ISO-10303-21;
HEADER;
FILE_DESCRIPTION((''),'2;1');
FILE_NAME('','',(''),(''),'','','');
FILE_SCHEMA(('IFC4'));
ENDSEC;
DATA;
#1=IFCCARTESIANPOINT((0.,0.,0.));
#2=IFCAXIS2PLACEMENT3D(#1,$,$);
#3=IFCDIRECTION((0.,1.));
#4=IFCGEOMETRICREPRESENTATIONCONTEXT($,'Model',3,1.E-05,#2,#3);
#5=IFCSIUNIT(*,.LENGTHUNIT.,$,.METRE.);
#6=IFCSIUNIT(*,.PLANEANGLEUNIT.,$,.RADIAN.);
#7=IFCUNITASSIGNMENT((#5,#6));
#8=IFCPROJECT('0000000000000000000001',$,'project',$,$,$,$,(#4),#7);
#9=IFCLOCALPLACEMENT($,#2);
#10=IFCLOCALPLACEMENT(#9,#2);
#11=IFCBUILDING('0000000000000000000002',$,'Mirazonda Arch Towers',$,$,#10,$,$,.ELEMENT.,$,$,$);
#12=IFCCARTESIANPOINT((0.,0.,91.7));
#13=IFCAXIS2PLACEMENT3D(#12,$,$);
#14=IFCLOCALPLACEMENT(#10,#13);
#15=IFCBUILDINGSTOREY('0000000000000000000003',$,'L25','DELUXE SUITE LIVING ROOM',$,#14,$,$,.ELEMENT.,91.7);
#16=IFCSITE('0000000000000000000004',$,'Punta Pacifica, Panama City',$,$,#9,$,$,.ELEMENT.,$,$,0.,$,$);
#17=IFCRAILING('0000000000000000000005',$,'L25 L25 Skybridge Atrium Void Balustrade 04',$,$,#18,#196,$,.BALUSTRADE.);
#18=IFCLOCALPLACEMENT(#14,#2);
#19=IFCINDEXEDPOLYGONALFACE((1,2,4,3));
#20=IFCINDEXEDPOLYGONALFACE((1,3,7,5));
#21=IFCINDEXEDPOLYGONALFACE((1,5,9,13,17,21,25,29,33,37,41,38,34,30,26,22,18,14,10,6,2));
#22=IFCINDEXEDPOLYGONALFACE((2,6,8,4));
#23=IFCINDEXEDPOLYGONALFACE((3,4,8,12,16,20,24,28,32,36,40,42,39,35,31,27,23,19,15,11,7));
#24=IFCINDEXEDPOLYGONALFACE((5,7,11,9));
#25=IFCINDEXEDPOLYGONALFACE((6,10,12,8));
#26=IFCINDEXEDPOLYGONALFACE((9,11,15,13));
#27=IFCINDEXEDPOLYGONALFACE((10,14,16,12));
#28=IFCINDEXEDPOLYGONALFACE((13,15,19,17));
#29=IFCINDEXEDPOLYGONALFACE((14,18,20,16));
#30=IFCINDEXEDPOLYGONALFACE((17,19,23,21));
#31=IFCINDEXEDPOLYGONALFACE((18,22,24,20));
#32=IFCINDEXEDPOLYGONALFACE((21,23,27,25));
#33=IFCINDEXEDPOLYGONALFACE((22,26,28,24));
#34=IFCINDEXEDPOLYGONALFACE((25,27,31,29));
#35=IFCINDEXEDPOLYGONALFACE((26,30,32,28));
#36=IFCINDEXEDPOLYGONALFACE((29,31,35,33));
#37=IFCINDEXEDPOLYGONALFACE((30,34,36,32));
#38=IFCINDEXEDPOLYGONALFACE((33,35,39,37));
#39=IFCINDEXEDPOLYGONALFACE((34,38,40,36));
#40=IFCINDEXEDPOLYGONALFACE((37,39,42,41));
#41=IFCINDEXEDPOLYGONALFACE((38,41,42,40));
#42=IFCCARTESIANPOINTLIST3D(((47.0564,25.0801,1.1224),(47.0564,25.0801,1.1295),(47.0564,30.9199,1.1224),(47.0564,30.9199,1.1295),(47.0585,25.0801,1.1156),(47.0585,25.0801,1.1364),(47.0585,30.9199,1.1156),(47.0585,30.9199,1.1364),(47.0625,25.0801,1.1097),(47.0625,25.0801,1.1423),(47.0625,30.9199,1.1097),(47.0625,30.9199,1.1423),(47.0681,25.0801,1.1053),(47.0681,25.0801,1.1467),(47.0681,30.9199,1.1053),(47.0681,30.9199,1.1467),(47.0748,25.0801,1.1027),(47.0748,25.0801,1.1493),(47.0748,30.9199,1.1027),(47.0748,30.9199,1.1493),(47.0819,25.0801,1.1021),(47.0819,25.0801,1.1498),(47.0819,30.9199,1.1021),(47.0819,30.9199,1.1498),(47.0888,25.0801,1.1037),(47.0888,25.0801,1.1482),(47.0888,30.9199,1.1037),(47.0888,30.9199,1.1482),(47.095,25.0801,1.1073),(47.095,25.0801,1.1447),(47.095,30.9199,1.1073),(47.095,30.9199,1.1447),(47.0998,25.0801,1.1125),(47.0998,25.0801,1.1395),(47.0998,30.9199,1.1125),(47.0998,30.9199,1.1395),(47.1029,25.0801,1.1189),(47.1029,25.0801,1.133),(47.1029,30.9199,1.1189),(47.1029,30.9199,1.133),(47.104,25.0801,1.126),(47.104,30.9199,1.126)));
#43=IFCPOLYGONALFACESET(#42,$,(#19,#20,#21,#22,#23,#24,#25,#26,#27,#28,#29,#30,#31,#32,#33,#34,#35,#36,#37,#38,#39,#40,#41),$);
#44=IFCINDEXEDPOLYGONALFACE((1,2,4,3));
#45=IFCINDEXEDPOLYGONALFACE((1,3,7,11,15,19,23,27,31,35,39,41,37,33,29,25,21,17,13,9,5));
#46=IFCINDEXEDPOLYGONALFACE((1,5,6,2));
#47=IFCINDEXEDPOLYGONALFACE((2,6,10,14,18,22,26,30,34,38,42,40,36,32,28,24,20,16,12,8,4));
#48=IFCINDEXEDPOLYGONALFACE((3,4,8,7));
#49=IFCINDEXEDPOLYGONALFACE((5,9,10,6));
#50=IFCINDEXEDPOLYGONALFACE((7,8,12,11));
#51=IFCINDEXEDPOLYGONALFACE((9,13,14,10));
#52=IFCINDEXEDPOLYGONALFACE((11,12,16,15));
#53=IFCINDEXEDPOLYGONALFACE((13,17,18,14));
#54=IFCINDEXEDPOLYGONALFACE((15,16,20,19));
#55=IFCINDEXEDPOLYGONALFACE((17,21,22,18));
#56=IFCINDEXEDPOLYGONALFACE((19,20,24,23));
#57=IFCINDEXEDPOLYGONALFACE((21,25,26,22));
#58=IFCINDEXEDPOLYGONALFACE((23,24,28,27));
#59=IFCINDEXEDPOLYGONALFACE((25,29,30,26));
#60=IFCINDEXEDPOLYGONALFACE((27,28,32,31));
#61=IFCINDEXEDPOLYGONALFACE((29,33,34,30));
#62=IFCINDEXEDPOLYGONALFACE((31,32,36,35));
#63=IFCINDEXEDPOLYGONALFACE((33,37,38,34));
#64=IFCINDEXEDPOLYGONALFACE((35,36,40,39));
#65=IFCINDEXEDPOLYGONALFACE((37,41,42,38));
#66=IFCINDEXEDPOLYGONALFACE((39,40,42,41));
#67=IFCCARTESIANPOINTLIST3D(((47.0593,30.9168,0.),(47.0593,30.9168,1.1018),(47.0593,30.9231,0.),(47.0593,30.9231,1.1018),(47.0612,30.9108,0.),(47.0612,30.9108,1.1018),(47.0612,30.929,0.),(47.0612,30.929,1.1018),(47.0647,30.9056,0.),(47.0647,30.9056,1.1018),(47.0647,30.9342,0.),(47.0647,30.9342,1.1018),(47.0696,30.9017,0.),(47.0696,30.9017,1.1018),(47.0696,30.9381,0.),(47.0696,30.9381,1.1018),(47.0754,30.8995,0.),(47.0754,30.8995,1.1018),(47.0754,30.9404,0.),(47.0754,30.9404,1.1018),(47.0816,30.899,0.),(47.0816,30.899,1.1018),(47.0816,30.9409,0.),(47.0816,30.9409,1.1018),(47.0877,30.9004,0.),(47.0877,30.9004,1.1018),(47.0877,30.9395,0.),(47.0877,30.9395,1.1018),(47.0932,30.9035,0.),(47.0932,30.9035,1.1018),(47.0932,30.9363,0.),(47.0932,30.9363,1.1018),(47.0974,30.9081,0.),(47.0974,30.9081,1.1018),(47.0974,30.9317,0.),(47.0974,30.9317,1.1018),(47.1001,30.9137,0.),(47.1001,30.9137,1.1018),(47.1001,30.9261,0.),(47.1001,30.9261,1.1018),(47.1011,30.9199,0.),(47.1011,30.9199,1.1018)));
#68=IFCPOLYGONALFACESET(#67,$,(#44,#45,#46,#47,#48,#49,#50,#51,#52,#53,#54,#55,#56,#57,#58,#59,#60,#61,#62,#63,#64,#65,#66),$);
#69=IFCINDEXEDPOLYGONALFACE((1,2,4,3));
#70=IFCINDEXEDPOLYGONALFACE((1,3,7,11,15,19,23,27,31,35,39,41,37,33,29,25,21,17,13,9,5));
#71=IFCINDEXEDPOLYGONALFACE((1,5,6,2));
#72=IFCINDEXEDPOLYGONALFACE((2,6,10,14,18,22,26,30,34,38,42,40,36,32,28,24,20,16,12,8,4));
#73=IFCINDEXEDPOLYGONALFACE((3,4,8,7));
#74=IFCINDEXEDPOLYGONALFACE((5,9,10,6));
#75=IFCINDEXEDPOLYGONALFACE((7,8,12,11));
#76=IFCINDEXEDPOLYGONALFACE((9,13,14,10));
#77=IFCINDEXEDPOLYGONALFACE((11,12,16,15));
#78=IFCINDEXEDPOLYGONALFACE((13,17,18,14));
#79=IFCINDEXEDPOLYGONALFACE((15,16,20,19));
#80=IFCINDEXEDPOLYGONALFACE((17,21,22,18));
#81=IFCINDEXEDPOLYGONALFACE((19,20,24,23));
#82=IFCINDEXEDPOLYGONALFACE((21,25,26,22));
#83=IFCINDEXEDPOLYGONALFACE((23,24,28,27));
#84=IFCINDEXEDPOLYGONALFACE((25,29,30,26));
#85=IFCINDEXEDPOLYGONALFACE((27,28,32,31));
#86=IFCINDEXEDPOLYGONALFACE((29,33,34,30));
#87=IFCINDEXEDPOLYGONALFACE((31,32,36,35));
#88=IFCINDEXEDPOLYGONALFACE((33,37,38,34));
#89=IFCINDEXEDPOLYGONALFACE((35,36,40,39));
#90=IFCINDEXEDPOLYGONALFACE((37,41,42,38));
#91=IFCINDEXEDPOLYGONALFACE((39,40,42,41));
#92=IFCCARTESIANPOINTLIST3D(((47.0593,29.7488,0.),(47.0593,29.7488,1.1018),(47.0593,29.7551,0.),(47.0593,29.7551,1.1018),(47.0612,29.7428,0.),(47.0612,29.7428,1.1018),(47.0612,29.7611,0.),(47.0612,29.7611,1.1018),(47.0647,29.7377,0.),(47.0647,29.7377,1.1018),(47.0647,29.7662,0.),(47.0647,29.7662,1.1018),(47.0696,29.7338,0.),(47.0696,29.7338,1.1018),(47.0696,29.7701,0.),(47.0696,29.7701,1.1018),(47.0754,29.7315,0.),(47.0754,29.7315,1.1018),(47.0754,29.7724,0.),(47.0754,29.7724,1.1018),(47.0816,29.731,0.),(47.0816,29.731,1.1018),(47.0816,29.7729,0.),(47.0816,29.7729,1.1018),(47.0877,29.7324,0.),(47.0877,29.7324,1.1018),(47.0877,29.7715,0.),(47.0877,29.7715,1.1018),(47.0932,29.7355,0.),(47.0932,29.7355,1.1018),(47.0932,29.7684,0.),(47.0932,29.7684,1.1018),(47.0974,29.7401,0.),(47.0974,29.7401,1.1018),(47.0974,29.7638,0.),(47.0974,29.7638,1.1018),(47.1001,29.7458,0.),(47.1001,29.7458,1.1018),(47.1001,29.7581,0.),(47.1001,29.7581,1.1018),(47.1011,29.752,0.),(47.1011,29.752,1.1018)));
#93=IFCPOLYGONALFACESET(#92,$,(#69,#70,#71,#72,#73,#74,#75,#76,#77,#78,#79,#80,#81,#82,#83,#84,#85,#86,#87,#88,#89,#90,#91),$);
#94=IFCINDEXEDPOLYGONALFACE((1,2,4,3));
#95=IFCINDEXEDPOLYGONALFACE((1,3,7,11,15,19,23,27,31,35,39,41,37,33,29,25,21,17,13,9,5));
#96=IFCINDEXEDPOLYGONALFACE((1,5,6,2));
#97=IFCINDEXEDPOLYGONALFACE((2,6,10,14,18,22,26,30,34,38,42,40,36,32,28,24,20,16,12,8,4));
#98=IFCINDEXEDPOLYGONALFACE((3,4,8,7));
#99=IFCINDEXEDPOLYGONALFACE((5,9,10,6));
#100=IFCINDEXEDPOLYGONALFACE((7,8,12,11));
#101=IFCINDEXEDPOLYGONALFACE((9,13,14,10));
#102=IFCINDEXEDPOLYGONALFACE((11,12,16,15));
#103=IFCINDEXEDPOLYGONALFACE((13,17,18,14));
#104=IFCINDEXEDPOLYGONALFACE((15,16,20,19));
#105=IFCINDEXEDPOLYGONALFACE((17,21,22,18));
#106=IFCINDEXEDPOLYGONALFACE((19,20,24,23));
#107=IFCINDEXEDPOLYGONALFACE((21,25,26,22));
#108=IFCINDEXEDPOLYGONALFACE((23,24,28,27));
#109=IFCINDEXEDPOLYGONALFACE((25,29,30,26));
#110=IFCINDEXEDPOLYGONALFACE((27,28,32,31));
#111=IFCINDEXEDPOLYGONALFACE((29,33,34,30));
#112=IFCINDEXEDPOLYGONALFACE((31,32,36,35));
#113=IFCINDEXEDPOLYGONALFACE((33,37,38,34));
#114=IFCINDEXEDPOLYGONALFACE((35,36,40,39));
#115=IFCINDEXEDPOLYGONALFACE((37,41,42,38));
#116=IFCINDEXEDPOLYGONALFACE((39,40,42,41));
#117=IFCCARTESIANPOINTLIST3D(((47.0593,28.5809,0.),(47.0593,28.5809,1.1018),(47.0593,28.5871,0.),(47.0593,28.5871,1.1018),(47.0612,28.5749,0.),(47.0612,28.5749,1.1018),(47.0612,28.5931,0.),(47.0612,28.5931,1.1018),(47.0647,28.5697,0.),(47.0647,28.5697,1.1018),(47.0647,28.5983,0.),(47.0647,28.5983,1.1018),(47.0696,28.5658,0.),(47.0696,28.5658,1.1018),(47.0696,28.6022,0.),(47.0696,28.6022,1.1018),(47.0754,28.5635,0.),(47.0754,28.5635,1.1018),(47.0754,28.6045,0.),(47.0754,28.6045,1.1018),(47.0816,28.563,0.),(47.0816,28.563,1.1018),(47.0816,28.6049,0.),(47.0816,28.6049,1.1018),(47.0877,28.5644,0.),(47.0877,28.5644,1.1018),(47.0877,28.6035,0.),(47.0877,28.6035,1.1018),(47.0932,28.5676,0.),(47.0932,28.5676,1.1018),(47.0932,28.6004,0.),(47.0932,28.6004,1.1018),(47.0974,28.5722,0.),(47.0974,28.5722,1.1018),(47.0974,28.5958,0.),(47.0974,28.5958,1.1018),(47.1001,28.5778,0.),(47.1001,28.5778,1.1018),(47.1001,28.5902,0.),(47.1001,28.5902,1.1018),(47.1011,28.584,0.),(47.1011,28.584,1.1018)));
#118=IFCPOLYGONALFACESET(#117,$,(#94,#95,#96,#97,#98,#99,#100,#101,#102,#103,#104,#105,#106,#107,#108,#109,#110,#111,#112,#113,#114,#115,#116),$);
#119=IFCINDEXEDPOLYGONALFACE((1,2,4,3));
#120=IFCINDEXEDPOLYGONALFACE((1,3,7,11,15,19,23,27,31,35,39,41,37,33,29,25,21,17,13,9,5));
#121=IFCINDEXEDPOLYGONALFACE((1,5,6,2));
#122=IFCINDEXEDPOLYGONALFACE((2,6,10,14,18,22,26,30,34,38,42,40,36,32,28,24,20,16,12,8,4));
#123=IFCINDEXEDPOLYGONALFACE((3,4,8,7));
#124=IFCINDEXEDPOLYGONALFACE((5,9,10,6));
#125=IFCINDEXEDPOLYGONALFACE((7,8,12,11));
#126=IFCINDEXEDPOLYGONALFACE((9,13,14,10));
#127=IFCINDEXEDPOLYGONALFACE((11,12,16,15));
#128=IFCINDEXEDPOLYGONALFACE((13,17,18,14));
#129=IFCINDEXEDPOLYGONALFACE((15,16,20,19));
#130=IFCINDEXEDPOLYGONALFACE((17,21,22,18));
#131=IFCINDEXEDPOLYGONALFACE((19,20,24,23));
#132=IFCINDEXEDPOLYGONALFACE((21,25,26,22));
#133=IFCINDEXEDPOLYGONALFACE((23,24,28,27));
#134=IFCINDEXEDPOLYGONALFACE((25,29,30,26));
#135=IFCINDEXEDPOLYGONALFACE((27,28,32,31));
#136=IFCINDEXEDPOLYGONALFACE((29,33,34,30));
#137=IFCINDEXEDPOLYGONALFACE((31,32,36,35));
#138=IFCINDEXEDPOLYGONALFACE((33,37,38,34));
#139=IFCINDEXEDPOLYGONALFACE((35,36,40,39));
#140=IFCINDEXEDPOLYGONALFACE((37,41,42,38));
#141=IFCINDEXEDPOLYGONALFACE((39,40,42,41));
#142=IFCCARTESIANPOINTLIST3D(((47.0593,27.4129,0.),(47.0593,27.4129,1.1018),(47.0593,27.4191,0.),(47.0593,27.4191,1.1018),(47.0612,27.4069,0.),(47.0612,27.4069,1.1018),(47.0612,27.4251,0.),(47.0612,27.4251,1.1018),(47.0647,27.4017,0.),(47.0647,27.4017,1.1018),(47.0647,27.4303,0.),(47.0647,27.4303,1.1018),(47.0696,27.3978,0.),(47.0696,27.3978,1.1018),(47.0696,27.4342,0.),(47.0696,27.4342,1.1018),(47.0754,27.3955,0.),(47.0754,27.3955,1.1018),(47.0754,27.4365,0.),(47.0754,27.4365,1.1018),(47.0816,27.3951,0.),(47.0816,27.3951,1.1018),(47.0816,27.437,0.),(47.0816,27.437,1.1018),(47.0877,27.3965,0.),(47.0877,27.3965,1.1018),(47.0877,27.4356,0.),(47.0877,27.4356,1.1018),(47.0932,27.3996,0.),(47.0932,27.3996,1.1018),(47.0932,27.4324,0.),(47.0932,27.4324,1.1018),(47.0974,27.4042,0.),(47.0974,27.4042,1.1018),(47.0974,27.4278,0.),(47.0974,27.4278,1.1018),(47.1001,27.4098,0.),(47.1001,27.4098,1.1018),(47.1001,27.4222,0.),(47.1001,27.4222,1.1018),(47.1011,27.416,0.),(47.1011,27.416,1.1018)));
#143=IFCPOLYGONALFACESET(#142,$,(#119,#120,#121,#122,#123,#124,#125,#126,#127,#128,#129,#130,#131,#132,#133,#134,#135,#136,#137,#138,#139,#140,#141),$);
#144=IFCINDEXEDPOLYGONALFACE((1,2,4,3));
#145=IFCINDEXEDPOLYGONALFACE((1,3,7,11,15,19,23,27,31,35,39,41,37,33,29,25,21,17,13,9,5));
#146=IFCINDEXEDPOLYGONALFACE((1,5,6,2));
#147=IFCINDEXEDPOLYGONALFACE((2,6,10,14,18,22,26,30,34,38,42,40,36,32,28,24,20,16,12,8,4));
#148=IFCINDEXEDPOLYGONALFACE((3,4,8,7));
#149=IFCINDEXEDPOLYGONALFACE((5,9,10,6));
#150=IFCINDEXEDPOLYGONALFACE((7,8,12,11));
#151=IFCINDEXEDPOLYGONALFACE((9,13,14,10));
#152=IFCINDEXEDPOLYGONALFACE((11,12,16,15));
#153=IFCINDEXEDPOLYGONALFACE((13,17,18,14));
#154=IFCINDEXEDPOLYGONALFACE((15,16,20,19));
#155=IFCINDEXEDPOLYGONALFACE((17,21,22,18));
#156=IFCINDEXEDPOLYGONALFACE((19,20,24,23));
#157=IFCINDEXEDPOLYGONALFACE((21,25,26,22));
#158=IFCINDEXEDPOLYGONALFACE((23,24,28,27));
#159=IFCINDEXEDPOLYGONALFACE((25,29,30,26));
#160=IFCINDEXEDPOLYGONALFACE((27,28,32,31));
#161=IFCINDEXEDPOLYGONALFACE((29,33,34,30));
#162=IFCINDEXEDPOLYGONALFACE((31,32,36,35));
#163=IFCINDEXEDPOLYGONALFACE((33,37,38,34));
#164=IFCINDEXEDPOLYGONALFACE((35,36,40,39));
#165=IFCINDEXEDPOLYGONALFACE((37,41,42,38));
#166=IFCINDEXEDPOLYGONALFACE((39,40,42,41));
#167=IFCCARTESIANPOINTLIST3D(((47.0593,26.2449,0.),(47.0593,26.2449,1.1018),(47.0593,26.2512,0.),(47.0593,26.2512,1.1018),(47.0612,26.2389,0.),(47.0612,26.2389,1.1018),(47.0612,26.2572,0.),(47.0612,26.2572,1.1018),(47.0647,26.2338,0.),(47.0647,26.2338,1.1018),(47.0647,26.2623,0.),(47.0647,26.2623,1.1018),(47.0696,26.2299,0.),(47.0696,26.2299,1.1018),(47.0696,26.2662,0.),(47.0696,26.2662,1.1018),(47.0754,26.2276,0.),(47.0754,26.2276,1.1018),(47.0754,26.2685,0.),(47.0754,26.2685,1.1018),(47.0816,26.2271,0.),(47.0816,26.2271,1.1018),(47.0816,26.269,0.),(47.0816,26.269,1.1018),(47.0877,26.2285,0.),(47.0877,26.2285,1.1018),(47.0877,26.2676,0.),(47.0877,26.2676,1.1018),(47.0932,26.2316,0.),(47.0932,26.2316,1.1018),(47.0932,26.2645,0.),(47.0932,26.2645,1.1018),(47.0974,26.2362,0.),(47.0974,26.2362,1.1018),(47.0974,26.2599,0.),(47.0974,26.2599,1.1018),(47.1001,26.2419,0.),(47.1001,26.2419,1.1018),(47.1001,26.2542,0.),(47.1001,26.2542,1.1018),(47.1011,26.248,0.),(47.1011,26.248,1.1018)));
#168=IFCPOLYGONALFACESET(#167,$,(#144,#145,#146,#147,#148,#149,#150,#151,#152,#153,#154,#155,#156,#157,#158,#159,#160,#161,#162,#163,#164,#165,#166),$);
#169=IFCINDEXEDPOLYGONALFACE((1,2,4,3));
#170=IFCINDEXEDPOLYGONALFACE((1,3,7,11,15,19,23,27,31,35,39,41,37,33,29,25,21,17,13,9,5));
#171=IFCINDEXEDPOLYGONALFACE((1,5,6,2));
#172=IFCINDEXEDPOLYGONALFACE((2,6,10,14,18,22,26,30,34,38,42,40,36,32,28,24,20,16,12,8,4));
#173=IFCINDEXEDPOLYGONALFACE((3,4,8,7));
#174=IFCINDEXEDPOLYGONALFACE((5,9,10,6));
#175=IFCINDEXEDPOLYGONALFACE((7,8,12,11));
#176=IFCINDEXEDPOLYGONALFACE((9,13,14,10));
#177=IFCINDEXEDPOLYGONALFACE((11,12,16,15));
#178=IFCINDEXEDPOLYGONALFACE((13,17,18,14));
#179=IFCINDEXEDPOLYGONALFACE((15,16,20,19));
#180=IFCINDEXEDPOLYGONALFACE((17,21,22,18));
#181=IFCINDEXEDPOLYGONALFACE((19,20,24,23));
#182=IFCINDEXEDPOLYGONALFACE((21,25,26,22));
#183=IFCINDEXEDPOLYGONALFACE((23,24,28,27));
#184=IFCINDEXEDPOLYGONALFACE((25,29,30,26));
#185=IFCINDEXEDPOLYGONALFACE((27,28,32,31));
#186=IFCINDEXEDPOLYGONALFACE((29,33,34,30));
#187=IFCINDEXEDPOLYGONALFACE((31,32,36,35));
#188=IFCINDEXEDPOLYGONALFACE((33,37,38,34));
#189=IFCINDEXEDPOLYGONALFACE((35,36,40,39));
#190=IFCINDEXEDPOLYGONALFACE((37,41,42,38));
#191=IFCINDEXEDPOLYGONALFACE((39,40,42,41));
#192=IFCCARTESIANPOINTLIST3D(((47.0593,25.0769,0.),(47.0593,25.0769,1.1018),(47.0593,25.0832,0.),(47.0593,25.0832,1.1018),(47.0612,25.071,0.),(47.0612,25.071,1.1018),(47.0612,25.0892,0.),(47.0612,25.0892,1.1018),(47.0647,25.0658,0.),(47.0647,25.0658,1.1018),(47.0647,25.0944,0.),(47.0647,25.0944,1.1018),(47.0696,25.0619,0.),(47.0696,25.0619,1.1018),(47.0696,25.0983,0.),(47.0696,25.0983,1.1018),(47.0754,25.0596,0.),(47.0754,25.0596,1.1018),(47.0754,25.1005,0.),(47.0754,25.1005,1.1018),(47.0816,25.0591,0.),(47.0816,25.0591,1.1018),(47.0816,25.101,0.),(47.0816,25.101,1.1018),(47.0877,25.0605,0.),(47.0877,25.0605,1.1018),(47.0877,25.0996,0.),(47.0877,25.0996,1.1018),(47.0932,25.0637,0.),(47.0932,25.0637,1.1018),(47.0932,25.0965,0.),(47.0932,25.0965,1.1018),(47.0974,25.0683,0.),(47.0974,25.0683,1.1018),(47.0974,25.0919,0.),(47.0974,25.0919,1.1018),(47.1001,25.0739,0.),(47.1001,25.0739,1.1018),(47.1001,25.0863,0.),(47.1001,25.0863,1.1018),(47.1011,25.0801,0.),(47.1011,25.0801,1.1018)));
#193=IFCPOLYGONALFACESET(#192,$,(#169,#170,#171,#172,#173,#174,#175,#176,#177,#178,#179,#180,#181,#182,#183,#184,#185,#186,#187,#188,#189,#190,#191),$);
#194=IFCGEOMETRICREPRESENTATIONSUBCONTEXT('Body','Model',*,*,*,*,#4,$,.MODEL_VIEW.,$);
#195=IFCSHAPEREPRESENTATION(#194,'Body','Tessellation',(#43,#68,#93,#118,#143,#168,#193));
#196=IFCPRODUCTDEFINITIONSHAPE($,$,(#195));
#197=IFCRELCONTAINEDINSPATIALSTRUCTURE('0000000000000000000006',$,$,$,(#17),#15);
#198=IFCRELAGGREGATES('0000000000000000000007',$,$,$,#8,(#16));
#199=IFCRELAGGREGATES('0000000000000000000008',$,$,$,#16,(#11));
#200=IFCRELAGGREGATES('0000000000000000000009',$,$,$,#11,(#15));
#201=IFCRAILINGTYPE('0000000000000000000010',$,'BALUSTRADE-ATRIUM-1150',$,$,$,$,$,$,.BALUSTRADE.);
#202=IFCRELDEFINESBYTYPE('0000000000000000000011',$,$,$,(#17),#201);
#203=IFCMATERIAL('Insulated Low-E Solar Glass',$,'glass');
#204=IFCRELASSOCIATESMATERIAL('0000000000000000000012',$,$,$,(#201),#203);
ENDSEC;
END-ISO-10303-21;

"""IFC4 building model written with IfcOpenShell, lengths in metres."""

from ifc_helpers import new_model, si_unit, direction, frame, origin, origin_2d, place, context, subcontext, project, spatial, circle, extrude, material, type_object, element, save


model = new_model("IFC4")

# Units and contexts
model_context = context("Model", 3, precision=1e-05, world=origin(), true_north=direction((0.0, 1.0)))
body_context = subcontext(model_context, "Body", "Model", "MODEL_VIEW")
ifc_project = project(units=[si_unit("LENGTHUNIT", "METRE"), si_unit("PLANEANGLEUNIT", "RADIAN")], contexts=[model_context])

# Site, building, storey
site_placement = place(None, origin())
site = spatial("IfcSite", under=ifc_project, at=site_placement, Name="Punta Pacifica, Panama City", CompositionType="ELEMENT", RefElevation=0.0)
building_placement = place(site_placement, origin())
building = spatial("IfcBuilding", under=site, at=building_placement, Name="Mirazonda Arch Towers", CompositionType="ELEMENT")
storey_placement = place(building_placement, frame((0.0, 0.0, 91.7)))
storey = spatial("IfcBuildingStorey", under=building, at=storey_placement, Name="L25", Description="DELUXE SUITE LIVING ROOM", CompositionType="ELEMENT", Elevation=91.7)

# Shared definitions
ifc_material_1 = material(Name="Insulated Low-E Solar Glass", Category="glass")

# Railing
railing_type = type_object("IfcRailingType", Name="BALUSTRADE-ATRIUM-1150", PredefinedType="BALUSTRADE", material=ifc_material_1)
railing_1_placement = place(storey_placement, frame((47.0801, 30.9199, 0.0)))
element("IfcRailing", 1, at=railing_1_placement, inside=storey, type_object=railing_type, Name="L25 L25 Skybridge Atrium Void Balustrade 04", PredefinedType="BALUSTRADE", context=body_context, shape_type="SweptSolid", body=[
    extrude(circle(Radius=0.0239, at=origin_2d()), frame((0.0, 0.0, 1.126), z_axis=(0.0, -1.0, 0.0), x_axis=(1.0, 0.0, 0.0)), (0.0, 0.0, 1.0), 5.8398),
    extrude(circle(Radius=0.021, at=origin_2d()), origin(), (0.0, 0.0, 1.0), 1.1018),
    extrude(circle(Radius=0.021, at=origin_2d()), frame((0.0, -1.168, 0.0)), (0.0, 0.0, 1.0), 1.1018),
    extrude(circle(Radius=0.021, at=origin_2d()), frame((0.0, -2.3359, 0.0)), (0.0, 0.0, 1.0), 1.1018),
    extrude(circle(Radius=0.021, at=origin_2d()), frame((0.0, -3.5039, 0.0)), (0.0, 0.0, 1.0), 1.1018),
    extrude(circle(Radius=0.021, at=origin_2d()), frame((0.0, -4.6719, 0.0)), (0.0, 0.0, 1.0), 1.1018),
    extrude(circle(Radius=0.021, at=origin_2d()), frame((0.0, -5.8398, 0.0)), (0.0, 0.0, 1.0), 1.1018),
])

save(model, "model.ifc")
